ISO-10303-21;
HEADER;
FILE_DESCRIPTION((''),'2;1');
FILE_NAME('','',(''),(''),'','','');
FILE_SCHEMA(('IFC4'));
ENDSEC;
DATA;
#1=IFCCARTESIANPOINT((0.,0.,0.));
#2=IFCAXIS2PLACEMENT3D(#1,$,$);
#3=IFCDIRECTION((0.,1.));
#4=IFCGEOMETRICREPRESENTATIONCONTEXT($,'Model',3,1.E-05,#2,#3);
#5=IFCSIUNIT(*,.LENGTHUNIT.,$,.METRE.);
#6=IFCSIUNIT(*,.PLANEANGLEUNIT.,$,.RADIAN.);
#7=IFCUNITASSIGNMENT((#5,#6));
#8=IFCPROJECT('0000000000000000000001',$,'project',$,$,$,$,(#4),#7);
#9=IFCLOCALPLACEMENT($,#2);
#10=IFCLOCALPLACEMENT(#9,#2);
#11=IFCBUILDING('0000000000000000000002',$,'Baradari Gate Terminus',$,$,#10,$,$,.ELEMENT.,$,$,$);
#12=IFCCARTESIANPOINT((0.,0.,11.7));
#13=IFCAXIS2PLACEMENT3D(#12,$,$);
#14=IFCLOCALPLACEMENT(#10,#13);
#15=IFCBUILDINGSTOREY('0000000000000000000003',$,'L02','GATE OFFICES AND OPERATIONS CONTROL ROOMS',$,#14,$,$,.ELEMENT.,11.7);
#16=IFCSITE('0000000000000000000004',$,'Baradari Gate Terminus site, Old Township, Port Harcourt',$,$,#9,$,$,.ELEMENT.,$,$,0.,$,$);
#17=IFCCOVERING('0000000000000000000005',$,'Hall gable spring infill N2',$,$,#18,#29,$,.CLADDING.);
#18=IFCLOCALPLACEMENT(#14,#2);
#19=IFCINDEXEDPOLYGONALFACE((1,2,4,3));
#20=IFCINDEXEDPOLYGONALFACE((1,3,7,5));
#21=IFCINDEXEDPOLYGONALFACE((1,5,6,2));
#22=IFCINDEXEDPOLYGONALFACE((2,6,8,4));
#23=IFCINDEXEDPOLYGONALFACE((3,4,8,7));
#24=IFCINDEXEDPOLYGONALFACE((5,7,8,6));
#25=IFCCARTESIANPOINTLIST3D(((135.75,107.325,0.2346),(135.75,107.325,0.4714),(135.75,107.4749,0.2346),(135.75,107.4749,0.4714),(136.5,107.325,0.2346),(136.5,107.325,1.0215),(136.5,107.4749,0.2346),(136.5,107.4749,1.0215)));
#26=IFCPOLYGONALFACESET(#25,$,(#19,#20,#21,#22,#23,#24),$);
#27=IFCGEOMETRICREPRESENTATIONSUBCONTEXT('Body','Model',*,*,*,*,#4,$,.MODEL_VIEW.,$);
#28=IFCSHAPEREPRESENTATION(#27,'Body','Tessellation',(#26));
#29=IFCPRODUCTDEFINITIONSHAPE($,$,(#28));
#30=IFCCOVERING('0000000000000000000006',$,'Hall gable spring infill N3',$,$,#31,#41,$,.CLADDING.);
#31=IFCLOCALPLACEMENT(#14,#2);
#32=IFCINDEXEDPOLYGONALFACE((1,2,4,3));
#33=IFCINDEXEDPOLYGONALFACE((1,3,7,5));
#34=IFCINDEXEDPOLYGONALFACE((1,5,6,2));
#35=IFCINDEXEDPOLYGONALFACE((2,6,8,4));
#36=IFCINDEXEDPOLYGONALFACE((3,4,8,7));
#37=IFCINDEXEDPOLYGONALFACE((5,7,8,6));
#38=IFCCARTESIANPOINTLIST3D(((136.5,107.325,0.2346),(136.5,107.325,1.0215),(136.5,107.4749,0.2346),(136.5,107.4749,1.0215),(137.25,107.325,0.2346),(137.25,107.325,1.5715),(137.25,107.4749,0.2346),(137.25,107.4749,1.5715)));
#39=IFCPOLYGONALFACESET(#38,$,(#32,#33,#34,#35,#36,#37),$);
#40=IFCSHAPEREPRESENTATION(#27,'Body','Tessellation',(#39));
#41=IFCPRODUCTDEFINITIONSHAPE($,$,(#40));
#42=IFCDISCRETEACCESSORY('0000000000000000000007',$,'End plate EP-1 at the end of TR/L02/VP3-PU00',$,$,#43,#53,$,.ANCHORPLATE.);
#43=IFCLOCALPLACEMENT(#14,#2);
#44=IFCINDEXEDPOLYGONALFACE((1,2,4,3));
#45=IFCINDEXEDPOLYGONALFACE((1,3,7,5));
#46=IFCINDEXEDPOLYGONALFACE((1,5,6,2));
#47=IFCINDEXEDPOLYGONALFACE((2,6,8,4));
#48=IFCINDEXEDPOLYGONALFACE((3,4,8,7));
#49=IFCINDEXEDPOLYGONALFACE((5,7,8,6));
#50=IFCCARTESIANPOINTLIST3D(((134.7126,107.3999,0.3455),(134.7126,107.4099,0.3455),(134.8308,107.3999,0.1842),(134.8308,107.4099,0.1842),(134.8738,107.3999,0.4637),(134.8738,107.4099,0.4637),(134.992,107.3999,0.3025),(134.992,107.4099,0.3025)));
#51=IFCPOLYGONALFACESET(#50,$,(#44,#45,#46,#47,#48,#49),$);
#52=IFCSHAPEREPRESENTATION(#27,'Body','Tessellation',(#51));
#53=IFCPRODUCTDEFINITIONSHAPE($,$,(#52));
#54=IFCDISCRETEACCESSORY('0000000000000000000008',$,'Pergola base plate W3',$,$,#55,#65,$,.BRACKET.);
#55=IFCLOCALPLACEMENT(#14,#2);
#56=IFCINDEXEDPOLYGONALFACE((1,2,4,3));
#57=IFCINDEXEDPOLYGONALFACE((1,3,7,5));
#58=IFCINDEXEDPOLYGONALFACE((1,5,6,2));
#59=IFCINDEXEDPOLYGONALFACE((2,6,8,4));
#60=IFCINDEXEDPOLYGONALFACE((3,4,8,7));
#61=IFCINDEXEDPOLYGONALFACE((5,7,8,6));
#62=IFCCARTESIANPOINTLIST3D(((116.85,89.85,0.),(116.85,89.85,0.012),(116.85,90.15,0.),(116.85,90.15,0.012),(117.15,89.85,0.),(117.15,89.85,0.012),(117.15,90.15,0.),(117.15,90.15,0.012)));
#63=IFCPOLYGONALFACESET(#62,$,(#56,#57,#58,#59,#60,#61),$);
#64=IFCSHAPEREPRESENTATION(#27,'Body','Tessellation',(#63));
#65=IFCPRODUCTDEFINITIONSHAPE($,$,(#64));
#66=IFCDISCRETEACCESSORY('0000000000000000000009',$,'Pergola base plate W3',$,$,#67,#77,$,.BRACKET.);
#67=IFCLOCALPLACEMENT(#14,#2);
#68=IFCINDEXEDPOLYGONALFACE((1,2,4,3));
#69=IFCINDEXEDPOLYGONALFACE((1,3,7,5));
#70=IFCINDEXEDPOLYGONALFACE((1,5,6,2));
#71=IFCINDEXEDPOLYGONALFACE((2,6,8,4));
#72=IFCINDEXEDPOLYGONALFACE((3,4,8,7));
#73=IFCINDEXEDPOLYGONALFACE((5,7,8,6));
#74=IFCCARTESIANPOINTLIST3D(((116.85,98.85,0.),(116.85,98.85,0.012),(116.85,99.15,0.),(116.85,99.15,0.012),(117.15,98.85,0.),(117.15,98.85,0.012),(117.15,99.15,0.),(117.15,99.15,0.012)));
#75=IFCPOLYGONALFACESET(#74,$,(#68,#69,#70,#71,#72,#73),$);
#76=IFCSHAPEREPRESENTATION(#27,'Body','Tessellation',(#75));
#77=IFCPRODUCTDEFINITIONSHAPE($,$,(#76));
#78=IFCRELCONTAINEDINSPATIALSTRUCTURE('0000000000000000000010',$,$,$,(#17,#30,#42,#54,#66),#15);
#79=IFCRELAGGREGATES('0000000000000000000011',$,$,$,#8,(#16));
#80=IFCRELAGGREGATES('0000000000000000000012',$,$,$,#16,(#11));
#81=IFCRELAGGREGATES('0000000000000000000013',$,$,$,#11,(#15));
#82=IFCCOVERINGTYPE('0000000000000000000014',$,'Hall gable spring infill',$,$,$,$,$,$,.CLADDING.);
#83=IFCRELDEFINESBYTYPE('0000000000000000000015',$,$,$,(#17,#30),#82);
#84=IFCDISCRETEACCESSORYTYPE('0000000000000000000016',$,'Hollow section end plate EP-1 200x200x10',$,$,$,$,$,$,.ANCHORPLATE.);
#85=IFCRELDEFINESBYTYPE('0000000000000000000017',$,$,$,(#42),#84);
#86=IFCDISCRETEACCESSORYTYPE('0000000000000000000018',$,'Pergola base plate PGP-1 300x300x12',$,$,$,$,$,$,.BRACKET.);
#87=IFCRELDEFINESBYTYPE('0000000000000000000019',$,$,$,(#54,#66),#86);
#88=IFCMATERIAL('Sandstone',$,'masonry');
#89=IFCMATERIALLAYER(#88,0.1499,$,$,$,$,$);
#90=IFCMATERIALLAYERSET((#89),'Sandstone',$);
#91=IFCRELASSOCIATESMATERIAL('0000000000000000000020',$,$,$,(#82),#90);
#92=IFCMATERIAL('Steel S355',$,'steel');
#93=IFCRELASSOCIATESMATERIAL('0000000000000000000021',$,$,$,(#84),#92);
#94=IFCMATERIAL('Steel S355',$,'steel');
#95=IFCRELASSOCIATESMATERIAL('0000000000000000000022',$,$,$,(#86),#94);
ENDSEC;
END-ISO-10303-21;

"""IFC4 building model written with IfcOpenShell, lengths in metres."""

from ifc_helpers import new_model, si_unit, direction, frame, origin, origin_2d, place, context, subcontext, project, spatial, polyline, rectangle, outline, extrude, material, layer, layer_set, type_object, element, save


model = new_model("IFC4")

# Units and contexts
model_context = context("Model", 3, precision=1e-05, world=origin(), true_north=direction((0.0, 1.0)))
body_context = subcontext(model_context, "Body", "Model", "MODEL_VIEW")
ifc_project = project(units=[si_unit("LENGTHUNIT", "METRE"), si_unit("PLANEANGLEUNIT", "RADIAN")], contexts=[model_context])

# Site, building, storey
site_placement = place(None, origin())
site = spatial("IfcSite", under=ifc_project, at=site_placement, Name="Baradari Gate Terminus site, Old Township, Port Harcourt", CompositionType="ELEMENT", RefElevation=0.0)
building_placement = place(site_placement, origin())
building = spatial("IfcBuilding", under=site, at=building_placement, Name="Baradari Gate Terminus", CompositionType="ELEMENT")
storey_placement = place(building_placement, frame((0.0, 0.0, 11.7)))
storey = spatial("IfcBuildingStorey", under=building, at=storey_placement, Name="L02", Description="GATE OFFICES AND OPERATIONS CONTROL ROOMS", CompositionType="ELEMENT", Elevation=11.7)

# Coverings
ifc_material_1 = material(Name="Sandstone", Category="masonry")
ifc_layer_1 = layer(ifc_material_1, 0.1499)
ifc_layer_set_1 = layer_set([ifc_layer_1], Name="Sandstone")
covering_type_1 = type_object("IfcCoveringType", Name="Hall gable spring infill", PredefinedType="CLADDING", material=ifc_layer_set_1)
covering_1_placement = place(storey_placement, frame((135.75, 107.3999, 0.2346), z_axis=(0.0, 0.0, 1.0), x_axis=(1.0, 0.0, 0.0)))
element("IfcCovering", 1, at=covering_1_placement, inside=storey, type_object=covering_type_1, Name="Hall gable spring infill N2", PredefinedType="CLADDING", context=body_context, shape_type="SweptSolid", body=[
    extrude(outline(polyline([(0.0, 0.0), (0.75, 0.0), (0.75, 0.7869), (0.0, 0.2368), (0.0, 0.0)])), frame((0.0, 0.075, 0.0), z_axis=(0.0, -1.0, 0.0), x_axis=(1.0, 0.0, 0.0)), (0.0, 0.0, 1.0), 0.1499),
])
covering_2_placement = place(storey_placement, frame((136.5, 107.3999, 0.2346), z_axis=(0.0, 0.0, 1.0), x_axis=(1.0, 0.0, 0.0)))
element("IfcCovering", 2, at=covering_2_placement, inside=storey, type_object=covering_type_1, Name="Hall gable spring infill N3", PredefinedType="CLADDING", context=body_context, shape_type="SweptSolid", body=[
    extrude(outline(polyline([(0.0, 0.0), (0.75, 0.0), (0.75, 1.3369), (0.0, 0.7869), (0.0, 0.0)])), frame((0.0, 0.075, 0.0), z_axis=(0.0, -1.0, 0.0), x_axis=(1.0, 0.0, 0.0)), (0.0, 0.0, 1.0), 0.1499),
])

# Discrete accessories
ifc_material_2 = material(Name="Steel S355", Category="steel")
discrete_accessory_type_1 = type_object("IfcDiscreteAccessoryType", Name="Hollow section end plate EP-1 200x200x10", PredefinedType="ANCHORPLATE", material=ifc_material_2)
discrete_accessory_placement = place(storey_placement, frame((134.8523, 107.3999, 0.324), z_axis=(0.0, 1.0, 0.0), x_axis=(-0.806405, 0.0, -0.591364)))
element("IfcDiscreteAccessory", 3, at=discrete_accessory_placement, inside=storey, type_object=discrete_accessory_type_1, Name="End plate EP-1 at the end of TR/L02/VP3-PU00", PredefinedType="ANCHORPLATE", context=body_context, shape_type="SweptSolid", body=[
    extrude(rectangle(XDim=0.2, YDim=0.2, at=origin_2d()), origin(), (0.0, 0.0, 1.0), 0.01),
])
ifc_material_3 = material(Name="Steel S355", Category="steel")
discrete_accessory_type_2 = type_object("IfcDiscreteAccessoryType", Name="Pergola base plate PGP-1 300x300x12", PredefinedType="BRACKET", material=ifc_material_3)
for number, where, z_axis, x_axis, name in (
    (4, (117.0, 90.0, 0.0), (0.0, 0.0, 1.0), (1.0, 0.0, 0.0), "Pergola base plate W3"),
    (5, (117.0, 99.0, 0.0), (0.0, 0.0, 1.0), (1.0, 0.0, 0.0), "Pergola base plate W3"),
):
    element("IfcDiscreteAccessory", number, at=place(storey_placement, frame(where, z_axis=z_axis, x_axis=x_axis)), inside=storey, type_object=discrete_accessory_type_2, Name=name, PredefinedType="BRACKET", context=body_context, shape_type="SweptSolid", body=[
        extrude(rectangle(XDim=0.3, YDim=0.3, at=origin_2d()), origin(), (0.0, 0.0, 1.0), 0.012),
    ])

save(model, "model.ifc")
